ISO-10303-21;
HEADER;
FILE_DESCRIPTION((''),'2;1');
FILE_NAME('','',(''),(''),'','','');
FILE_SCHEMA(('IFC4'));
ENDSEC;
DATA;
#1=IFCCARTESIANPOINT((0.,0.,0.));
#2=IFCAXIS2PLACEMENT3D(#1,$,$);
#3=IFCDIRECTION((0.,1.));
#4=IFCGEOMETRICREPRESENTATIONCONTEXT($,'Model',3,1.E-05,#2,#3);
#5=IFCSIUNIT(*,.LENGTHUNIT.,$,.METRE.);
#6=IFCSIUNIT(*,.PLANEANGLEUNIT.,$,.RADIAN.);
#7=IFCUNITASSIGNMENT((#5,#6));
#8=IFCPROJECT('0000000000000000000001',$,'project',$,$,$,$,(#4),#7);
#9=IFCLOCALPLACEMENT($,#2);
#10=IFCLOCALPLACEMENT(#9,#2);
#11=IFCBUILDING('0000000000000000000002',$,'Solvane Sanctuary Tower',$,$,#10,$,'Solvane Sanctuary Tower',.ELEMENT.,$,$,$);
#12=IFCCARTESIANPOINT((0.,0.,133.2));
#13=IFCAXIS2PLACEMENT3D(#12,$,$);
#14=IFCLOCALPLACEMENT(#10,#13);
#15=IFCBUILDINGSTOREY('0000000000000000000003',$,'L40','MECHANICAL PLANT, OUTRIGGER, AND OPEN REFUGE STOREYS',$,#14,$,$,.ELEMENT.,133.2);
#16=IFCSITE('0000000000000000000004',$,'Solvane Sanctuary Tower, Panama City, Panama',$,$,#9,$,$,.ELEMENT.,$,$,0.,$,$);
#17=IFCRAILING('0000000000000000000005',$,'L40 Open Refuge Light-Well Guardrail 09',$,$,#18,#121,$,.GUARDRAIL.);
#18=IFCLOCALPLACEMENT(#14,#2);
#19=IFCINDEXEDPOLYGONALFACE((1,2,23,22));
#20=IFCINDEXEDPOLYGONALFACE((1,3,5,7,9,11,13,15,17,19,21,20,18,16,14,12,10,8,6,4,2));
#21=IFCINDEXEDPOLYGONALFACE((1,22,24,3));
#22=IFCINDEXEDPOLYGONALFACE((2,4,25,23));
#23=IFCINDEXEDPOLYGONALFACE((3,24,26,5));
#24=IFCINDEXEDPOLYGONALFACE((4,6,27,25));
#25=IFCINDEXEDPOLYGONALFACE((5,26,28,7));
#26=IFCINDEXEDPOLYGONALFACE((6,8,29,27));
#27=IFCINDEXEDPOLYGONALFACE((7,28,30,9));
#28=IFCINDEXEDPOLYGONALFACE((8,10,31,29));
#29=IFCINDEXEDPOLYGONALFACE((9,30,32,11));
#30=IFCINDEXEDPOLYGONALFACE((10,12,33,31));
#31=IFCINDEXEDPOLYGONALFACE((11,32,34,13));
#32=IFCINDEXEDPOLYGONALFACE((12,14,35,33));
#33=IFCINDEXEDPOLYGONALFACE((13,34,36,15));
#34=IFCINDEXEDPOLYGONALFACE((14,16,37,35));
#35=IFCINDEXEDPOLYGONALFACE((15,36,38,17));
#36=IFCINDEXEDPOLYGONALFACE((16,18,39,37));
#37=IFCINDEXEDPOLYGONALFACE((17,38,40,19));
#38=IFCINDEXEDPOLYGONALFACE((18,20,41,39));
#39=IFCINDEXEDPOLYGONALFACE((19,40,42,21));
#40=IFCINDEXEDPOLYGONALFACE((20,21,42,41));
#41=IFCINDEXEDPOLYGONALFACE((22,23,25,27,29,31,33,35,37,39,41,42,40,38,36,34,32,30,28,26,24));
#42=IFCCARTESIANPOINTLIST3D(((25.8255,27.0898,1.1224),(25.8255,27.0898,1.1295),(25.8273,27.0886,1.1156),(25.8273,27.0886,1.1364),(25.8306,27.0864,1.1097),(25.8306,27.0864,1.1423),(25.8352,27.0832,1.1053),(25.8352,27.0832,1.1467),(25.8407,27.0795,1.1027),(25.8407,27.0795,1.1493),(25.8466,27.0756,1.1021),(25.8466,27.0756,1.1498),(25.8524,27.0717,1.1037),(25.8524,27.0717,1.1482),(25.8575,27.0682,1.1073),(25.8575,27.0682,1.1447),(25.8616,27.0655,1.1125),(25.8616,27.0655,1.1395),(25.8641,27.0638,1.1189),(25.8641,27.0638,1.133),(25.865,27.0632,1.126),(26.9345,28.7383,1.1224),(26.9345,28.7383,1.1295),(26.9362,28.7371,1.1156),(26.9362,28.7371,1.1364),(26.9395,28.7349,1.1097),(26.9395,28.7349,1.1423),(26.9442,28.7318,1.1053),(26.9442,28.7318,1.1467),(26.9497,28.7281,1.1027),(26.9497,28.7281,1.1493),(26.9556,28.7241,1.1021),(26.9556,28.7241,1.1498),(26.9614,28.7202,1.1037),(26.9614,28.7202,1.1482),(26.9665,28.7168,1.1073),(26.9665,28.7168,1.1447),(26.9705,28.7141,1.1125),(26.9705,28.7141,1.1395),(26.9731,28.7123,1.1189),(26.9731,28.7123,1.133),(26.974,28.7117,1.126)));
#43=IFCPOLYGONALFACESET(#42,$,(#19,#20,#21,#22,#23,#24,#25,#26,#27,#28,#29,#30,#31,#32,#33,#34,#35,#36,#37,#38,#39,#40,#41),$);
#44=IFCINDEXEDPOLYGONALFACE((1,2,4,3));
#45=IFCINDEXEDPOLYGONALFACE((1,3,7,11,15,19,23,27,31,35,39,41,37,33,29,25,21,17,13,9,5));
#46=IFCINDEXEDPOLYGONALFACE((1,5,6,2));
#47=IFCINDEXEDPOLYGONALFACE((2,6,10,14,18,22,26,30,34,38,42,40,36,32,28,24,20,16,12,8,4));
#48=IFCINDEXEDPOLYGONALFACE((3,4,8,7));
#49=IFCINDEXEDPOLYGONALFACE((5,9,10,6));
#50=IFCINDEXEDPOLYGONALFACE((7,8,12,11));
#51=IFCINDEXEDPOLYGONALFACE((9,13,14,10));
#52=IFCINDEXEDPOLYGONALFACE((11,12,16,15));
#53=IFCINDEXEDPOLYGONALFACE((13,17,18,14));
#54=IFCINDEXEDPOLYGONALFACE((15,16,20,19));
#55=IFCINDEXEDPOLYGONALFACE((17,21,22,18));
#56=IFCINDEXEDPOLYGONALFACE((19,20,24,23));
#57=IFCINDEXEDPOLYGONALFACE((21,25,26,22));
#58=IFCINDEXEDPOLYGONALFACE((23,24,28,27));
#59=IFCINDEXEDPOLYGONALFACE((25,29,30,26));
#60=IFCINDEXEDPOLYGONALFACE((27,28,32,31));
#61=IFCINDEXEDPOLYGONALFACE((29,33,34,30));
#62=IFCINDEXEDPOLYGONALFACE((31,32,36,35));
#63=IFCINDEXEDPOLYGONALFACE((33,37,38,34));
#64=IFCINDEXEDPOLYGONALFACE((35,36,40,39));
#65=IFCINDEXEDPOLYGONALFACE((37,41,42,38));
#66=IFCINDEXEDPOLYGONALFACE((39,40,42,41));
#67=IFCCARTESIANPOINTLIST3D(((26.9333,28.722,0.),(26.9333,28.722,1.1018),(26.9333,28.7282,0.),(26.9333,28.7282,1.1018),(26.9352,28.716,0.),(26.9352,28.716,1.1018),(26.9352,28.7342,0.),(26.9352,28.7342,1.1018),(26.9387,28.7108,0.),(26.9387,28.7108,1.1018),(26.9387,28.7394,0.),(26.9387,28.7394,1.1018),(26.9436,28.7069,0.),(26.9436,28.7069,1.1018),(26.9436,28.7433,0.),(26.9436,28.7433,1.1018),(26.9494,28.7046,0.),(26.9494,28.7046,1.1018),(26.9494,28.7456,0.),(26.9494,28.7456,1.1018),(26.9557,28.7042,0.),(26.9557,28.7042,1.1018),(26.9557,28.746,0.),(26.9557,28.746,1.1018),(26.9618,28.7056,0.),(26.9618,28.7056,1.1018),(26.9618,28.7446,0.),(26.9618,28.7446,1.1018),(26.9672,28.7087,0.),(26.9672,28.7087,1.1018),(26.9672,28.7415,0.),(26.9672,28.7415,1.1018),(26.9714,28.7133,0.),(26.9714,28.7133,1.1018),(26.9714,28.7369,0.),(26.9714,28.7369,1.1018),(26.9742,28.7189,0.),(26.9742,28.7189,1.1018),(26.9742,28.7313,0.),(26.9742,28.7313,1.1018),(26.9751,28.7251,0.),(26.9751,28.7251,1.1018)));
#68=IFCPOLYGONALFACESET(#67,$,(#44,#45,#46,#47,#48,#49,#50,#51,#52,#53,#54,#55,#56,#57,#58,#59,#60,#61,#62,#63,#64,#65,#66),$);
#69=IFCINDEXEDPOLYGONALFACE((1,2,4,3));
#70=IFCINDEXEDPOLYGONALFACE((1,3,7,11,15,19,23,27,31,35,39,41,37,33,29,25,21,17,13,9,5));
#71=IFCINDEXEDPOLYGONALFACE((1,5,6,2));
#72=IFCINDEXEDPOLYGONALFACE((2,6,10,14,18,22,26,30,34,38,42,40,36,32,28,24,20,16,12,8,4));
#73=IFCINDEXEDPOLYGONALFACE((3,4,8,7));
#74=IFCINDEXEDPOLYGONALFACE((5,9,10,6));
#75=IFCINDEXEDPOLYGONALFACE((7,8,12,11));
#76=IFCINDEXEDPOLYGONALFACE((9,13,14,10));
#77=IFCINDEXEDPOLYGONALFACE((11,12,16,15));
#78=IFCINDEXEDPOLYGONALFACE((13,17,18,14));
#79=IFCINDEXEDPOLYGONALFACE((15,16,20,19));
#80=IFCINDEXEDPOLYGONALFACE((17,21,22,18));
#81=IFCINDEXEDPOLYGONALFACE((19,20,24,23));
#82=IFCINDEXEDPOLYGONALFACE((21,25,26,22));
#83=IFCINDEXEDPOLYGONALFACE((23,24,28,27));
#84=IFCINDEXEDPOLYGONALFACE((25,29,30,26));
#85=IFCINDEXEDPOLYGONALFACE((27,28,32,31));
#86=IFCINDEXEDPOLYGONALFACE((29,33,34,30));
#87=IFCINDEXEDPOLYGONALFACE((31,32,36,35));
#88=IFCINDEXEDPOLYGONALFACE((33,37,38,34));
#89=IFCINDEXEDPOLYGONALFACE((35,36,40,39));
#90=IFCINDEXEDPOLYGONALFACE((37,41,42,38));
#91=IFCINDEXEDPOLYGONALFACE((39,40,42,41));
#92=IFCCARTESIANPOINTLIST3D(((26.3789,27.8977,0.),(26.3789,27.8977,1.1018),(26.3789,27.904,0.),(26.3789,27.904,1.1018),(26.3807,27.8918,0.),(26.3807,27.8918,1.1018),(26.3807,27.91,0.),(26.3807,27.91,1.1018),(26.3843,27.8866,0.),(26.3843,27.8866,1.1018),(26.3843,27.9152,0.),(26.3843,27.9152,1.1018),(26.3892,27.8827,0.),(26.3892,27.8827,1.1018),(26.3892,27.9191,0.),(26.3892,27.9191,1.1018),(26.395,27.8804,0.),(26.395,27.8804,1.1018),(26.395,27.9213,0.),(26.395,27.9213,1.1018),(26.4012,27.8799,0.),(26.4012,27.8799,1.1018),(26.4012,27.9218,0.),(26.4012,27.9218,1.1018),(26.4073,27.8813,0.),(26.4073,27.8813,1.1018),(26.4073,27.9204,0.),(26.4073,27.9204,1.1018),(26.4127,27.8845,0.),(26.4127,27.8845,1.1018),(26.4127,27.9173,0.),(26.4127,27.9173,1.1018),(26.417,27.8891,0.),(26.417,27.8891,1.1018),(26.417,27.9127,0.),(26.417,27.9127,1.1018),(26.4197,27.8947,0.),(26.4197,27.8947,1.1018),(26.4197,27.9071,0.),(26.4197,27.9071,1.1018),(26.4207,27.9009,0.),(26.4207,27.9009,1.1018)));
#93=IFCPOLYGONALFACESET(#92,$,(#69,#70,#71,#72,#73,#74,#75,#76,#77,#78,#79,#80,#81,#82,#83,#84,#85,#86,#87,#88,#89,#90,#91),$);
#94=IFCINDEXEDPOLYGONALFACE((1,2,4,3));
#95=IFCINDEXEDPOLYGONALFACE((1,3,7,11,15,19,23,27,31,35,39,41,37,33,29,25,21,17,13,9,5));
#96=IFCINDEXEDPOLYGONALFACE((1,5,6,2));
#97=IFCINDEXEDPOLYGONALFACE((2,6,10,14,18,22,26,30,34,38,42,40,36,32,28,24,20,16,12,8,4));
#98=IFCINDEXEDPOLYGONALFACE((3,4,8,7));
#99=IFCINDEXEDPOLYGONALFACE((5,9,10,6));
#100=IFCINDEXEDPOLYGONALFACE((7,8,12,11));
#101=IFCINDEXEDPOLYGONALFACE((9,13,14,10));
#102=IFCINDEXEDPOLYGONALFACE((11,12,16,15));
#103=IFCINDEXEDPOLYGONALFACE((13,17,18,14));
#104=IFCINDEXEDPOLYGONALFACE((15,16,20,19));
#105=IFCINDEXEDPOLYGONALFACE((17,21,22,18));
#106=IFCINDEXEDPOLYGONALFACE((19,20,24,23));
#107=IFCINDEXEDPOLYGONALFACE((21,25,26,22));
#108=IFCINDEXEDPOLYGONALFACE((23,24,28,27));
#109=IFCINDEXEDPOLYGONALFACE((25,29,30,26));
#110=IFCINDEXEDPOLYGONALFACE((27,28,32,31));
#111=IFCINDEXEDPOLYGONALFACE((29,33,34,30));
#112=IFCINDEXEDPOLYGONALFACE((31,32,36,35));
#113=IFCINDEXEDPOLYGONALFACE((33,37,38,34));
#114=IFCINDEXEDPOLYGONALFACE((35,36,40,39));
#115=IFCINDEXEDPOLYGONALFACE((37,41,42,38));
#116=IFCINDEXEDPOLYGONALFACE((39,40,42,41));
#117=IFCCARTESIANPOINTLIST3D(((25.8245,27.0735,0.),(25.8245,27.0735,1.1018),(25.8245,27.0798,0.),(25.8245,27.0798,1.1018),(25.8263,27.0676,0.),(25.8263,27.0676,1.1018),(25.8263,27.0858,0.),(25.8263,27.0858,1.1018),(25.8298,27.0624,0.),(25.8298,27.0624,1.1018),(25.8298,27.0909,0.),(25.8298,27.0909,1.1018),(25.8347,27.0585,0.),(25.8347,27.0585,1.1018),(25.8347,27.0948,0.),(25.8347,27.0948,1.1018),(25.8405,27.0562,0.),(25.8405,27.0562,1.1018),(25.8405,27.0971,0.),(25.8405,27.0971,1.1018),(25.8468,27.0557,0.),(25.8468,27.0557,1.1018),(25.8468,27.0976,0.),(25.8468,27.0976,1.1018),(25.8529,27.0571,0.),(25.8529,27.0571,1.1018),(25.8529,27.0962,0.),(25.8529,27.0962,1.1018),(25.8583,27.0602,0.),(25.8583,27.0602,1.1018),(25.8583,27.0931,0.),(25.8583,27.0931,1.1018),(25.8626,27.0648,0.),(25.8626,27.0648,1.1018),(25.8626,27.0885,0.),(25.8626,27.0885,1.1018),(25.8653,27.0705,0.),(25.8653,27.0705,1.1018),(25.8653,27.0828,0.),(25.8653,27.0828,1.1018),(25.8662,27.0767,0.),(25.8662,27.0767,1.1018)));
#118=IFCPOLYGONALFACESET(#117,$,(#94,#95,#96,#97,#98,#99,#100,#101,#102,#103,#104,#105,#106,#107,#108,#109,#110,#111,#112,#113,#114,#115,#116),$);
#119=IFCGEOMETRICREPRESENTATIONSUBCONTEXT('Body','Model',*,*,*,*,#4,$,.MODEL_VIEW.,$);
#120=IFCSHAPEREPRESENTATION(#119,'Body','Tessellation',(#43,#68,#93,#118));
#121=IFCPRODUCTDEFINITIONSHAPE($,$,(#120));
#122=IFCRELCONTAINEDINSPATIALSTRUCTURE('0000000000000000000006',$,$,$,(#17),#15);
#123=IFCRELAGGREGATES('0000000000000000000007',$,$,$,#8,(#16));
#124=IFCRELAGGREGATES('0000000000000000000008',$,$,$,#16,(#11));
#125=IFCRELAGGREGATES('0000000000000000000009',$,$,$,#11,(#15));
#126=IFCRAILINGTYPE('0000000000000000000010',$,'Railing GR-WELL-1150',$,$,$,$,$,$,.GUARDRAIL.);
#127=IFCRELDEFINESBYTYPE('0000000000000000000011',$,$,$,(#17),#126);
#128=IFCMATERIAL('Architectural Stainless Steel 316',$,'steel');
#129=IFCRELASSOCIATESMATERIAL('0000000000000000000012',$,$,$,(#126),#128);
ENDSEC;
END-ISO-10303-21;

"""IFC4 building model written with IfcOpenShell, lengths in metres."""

from ifc_helpers import new_model, si_unit, direction, frame, origin, origin_2d, place, context, subcontext, project, spatial, circle, extrude, material, type_object, element, save


model = new_model("IFC4")

# Units and contexts
model_context = context("Model", 3, precision=1e-05, world=origin(), true_north=direction((0.0, 1.0)))
body_context = subcontext(model_context, "Body", "Model", "MODEL_VIEW")
ifc_project = project(units=[si_unit("LENGTHUNIT", "METRE"), si_unit("PLANEANGLEUNIT", "RADIAN")], contexts=[model_context])

# Site, building, storey
site_placement = place(None, origin())
site = spatial("IfcSite", under=ifc_project, at=site_placement, Name="Solvane Sanctuary Tower, Panama City, Panama", CompositionType="ELEMENT", RefElevation=0.0)
building_placement = place(site_placement, origin())
building = spatial("IfcBuilding", under=site, at=building_placement, Name="Solvane Sanctuary Tower", LongName="Solvane Sanctuary Tower", CompositionType="ELEMENT")
storey_placement = place(building_placement, frame((0.0, 0.0, 133.2)))
storey = spatial("IfcBuildingStorey", under=building, at=storey_placement, Name="L40", Description="MECHANICAL PLANT, OUTRIGGER, AND OPEN REFUGE STOREYS", CompositionType="ELEMENT", Elevation=133.2)

# Shared definitions
ifc_material_1 = material(Name="Architectural Stainless Steel 316", Category="steel")

# Railing
railing_type_1 = type_object("IfcRailingType", Name="Railing GR-WELL-1150", PredefinedType="GUARDRAIL", material=ifc_material_1)
railing_1_placement = place(storey_placement, frame((26.9541, 28.7251, 0.0)))
element("IfcRailing", 1, at=railing_1_placement, inside=storey, type_object=railing_type_1, Name="L40 Open Refuge Light-Well Guardrail 09", PredefinedType="GUARDRAIL", context=body_context, shape_type="SweptSolid", body=[
    extrude(circle(Radius=0.0239, at=origin_2d()), frame((0.0, 0.0, 1.126), z_axis=(-0.558155, -0.829737, 0.0), x_axis=(0.829737, -0.558155, 0.0)), (0.0, 0.0, 1.0), 1.9868),
    extrude(circle(Radius=0.021, at=origin_2d()), origin(), (0.0, 0.0, 1.0), 1.1018),
    extrude(circle(Radius=0.021, at=origin_2d()), frame((-0.5544, -0.8242, 0.0)), (0.0, 0.0, 1.0), 1.1018),
    extrude(circle(Radius=0.021, at=origin_2d()), frame((-1.1089, -1.6484, 0.0)), (0.0, 0.0, 1.0), 1.1018),
])

save(model, "model.ifc")
